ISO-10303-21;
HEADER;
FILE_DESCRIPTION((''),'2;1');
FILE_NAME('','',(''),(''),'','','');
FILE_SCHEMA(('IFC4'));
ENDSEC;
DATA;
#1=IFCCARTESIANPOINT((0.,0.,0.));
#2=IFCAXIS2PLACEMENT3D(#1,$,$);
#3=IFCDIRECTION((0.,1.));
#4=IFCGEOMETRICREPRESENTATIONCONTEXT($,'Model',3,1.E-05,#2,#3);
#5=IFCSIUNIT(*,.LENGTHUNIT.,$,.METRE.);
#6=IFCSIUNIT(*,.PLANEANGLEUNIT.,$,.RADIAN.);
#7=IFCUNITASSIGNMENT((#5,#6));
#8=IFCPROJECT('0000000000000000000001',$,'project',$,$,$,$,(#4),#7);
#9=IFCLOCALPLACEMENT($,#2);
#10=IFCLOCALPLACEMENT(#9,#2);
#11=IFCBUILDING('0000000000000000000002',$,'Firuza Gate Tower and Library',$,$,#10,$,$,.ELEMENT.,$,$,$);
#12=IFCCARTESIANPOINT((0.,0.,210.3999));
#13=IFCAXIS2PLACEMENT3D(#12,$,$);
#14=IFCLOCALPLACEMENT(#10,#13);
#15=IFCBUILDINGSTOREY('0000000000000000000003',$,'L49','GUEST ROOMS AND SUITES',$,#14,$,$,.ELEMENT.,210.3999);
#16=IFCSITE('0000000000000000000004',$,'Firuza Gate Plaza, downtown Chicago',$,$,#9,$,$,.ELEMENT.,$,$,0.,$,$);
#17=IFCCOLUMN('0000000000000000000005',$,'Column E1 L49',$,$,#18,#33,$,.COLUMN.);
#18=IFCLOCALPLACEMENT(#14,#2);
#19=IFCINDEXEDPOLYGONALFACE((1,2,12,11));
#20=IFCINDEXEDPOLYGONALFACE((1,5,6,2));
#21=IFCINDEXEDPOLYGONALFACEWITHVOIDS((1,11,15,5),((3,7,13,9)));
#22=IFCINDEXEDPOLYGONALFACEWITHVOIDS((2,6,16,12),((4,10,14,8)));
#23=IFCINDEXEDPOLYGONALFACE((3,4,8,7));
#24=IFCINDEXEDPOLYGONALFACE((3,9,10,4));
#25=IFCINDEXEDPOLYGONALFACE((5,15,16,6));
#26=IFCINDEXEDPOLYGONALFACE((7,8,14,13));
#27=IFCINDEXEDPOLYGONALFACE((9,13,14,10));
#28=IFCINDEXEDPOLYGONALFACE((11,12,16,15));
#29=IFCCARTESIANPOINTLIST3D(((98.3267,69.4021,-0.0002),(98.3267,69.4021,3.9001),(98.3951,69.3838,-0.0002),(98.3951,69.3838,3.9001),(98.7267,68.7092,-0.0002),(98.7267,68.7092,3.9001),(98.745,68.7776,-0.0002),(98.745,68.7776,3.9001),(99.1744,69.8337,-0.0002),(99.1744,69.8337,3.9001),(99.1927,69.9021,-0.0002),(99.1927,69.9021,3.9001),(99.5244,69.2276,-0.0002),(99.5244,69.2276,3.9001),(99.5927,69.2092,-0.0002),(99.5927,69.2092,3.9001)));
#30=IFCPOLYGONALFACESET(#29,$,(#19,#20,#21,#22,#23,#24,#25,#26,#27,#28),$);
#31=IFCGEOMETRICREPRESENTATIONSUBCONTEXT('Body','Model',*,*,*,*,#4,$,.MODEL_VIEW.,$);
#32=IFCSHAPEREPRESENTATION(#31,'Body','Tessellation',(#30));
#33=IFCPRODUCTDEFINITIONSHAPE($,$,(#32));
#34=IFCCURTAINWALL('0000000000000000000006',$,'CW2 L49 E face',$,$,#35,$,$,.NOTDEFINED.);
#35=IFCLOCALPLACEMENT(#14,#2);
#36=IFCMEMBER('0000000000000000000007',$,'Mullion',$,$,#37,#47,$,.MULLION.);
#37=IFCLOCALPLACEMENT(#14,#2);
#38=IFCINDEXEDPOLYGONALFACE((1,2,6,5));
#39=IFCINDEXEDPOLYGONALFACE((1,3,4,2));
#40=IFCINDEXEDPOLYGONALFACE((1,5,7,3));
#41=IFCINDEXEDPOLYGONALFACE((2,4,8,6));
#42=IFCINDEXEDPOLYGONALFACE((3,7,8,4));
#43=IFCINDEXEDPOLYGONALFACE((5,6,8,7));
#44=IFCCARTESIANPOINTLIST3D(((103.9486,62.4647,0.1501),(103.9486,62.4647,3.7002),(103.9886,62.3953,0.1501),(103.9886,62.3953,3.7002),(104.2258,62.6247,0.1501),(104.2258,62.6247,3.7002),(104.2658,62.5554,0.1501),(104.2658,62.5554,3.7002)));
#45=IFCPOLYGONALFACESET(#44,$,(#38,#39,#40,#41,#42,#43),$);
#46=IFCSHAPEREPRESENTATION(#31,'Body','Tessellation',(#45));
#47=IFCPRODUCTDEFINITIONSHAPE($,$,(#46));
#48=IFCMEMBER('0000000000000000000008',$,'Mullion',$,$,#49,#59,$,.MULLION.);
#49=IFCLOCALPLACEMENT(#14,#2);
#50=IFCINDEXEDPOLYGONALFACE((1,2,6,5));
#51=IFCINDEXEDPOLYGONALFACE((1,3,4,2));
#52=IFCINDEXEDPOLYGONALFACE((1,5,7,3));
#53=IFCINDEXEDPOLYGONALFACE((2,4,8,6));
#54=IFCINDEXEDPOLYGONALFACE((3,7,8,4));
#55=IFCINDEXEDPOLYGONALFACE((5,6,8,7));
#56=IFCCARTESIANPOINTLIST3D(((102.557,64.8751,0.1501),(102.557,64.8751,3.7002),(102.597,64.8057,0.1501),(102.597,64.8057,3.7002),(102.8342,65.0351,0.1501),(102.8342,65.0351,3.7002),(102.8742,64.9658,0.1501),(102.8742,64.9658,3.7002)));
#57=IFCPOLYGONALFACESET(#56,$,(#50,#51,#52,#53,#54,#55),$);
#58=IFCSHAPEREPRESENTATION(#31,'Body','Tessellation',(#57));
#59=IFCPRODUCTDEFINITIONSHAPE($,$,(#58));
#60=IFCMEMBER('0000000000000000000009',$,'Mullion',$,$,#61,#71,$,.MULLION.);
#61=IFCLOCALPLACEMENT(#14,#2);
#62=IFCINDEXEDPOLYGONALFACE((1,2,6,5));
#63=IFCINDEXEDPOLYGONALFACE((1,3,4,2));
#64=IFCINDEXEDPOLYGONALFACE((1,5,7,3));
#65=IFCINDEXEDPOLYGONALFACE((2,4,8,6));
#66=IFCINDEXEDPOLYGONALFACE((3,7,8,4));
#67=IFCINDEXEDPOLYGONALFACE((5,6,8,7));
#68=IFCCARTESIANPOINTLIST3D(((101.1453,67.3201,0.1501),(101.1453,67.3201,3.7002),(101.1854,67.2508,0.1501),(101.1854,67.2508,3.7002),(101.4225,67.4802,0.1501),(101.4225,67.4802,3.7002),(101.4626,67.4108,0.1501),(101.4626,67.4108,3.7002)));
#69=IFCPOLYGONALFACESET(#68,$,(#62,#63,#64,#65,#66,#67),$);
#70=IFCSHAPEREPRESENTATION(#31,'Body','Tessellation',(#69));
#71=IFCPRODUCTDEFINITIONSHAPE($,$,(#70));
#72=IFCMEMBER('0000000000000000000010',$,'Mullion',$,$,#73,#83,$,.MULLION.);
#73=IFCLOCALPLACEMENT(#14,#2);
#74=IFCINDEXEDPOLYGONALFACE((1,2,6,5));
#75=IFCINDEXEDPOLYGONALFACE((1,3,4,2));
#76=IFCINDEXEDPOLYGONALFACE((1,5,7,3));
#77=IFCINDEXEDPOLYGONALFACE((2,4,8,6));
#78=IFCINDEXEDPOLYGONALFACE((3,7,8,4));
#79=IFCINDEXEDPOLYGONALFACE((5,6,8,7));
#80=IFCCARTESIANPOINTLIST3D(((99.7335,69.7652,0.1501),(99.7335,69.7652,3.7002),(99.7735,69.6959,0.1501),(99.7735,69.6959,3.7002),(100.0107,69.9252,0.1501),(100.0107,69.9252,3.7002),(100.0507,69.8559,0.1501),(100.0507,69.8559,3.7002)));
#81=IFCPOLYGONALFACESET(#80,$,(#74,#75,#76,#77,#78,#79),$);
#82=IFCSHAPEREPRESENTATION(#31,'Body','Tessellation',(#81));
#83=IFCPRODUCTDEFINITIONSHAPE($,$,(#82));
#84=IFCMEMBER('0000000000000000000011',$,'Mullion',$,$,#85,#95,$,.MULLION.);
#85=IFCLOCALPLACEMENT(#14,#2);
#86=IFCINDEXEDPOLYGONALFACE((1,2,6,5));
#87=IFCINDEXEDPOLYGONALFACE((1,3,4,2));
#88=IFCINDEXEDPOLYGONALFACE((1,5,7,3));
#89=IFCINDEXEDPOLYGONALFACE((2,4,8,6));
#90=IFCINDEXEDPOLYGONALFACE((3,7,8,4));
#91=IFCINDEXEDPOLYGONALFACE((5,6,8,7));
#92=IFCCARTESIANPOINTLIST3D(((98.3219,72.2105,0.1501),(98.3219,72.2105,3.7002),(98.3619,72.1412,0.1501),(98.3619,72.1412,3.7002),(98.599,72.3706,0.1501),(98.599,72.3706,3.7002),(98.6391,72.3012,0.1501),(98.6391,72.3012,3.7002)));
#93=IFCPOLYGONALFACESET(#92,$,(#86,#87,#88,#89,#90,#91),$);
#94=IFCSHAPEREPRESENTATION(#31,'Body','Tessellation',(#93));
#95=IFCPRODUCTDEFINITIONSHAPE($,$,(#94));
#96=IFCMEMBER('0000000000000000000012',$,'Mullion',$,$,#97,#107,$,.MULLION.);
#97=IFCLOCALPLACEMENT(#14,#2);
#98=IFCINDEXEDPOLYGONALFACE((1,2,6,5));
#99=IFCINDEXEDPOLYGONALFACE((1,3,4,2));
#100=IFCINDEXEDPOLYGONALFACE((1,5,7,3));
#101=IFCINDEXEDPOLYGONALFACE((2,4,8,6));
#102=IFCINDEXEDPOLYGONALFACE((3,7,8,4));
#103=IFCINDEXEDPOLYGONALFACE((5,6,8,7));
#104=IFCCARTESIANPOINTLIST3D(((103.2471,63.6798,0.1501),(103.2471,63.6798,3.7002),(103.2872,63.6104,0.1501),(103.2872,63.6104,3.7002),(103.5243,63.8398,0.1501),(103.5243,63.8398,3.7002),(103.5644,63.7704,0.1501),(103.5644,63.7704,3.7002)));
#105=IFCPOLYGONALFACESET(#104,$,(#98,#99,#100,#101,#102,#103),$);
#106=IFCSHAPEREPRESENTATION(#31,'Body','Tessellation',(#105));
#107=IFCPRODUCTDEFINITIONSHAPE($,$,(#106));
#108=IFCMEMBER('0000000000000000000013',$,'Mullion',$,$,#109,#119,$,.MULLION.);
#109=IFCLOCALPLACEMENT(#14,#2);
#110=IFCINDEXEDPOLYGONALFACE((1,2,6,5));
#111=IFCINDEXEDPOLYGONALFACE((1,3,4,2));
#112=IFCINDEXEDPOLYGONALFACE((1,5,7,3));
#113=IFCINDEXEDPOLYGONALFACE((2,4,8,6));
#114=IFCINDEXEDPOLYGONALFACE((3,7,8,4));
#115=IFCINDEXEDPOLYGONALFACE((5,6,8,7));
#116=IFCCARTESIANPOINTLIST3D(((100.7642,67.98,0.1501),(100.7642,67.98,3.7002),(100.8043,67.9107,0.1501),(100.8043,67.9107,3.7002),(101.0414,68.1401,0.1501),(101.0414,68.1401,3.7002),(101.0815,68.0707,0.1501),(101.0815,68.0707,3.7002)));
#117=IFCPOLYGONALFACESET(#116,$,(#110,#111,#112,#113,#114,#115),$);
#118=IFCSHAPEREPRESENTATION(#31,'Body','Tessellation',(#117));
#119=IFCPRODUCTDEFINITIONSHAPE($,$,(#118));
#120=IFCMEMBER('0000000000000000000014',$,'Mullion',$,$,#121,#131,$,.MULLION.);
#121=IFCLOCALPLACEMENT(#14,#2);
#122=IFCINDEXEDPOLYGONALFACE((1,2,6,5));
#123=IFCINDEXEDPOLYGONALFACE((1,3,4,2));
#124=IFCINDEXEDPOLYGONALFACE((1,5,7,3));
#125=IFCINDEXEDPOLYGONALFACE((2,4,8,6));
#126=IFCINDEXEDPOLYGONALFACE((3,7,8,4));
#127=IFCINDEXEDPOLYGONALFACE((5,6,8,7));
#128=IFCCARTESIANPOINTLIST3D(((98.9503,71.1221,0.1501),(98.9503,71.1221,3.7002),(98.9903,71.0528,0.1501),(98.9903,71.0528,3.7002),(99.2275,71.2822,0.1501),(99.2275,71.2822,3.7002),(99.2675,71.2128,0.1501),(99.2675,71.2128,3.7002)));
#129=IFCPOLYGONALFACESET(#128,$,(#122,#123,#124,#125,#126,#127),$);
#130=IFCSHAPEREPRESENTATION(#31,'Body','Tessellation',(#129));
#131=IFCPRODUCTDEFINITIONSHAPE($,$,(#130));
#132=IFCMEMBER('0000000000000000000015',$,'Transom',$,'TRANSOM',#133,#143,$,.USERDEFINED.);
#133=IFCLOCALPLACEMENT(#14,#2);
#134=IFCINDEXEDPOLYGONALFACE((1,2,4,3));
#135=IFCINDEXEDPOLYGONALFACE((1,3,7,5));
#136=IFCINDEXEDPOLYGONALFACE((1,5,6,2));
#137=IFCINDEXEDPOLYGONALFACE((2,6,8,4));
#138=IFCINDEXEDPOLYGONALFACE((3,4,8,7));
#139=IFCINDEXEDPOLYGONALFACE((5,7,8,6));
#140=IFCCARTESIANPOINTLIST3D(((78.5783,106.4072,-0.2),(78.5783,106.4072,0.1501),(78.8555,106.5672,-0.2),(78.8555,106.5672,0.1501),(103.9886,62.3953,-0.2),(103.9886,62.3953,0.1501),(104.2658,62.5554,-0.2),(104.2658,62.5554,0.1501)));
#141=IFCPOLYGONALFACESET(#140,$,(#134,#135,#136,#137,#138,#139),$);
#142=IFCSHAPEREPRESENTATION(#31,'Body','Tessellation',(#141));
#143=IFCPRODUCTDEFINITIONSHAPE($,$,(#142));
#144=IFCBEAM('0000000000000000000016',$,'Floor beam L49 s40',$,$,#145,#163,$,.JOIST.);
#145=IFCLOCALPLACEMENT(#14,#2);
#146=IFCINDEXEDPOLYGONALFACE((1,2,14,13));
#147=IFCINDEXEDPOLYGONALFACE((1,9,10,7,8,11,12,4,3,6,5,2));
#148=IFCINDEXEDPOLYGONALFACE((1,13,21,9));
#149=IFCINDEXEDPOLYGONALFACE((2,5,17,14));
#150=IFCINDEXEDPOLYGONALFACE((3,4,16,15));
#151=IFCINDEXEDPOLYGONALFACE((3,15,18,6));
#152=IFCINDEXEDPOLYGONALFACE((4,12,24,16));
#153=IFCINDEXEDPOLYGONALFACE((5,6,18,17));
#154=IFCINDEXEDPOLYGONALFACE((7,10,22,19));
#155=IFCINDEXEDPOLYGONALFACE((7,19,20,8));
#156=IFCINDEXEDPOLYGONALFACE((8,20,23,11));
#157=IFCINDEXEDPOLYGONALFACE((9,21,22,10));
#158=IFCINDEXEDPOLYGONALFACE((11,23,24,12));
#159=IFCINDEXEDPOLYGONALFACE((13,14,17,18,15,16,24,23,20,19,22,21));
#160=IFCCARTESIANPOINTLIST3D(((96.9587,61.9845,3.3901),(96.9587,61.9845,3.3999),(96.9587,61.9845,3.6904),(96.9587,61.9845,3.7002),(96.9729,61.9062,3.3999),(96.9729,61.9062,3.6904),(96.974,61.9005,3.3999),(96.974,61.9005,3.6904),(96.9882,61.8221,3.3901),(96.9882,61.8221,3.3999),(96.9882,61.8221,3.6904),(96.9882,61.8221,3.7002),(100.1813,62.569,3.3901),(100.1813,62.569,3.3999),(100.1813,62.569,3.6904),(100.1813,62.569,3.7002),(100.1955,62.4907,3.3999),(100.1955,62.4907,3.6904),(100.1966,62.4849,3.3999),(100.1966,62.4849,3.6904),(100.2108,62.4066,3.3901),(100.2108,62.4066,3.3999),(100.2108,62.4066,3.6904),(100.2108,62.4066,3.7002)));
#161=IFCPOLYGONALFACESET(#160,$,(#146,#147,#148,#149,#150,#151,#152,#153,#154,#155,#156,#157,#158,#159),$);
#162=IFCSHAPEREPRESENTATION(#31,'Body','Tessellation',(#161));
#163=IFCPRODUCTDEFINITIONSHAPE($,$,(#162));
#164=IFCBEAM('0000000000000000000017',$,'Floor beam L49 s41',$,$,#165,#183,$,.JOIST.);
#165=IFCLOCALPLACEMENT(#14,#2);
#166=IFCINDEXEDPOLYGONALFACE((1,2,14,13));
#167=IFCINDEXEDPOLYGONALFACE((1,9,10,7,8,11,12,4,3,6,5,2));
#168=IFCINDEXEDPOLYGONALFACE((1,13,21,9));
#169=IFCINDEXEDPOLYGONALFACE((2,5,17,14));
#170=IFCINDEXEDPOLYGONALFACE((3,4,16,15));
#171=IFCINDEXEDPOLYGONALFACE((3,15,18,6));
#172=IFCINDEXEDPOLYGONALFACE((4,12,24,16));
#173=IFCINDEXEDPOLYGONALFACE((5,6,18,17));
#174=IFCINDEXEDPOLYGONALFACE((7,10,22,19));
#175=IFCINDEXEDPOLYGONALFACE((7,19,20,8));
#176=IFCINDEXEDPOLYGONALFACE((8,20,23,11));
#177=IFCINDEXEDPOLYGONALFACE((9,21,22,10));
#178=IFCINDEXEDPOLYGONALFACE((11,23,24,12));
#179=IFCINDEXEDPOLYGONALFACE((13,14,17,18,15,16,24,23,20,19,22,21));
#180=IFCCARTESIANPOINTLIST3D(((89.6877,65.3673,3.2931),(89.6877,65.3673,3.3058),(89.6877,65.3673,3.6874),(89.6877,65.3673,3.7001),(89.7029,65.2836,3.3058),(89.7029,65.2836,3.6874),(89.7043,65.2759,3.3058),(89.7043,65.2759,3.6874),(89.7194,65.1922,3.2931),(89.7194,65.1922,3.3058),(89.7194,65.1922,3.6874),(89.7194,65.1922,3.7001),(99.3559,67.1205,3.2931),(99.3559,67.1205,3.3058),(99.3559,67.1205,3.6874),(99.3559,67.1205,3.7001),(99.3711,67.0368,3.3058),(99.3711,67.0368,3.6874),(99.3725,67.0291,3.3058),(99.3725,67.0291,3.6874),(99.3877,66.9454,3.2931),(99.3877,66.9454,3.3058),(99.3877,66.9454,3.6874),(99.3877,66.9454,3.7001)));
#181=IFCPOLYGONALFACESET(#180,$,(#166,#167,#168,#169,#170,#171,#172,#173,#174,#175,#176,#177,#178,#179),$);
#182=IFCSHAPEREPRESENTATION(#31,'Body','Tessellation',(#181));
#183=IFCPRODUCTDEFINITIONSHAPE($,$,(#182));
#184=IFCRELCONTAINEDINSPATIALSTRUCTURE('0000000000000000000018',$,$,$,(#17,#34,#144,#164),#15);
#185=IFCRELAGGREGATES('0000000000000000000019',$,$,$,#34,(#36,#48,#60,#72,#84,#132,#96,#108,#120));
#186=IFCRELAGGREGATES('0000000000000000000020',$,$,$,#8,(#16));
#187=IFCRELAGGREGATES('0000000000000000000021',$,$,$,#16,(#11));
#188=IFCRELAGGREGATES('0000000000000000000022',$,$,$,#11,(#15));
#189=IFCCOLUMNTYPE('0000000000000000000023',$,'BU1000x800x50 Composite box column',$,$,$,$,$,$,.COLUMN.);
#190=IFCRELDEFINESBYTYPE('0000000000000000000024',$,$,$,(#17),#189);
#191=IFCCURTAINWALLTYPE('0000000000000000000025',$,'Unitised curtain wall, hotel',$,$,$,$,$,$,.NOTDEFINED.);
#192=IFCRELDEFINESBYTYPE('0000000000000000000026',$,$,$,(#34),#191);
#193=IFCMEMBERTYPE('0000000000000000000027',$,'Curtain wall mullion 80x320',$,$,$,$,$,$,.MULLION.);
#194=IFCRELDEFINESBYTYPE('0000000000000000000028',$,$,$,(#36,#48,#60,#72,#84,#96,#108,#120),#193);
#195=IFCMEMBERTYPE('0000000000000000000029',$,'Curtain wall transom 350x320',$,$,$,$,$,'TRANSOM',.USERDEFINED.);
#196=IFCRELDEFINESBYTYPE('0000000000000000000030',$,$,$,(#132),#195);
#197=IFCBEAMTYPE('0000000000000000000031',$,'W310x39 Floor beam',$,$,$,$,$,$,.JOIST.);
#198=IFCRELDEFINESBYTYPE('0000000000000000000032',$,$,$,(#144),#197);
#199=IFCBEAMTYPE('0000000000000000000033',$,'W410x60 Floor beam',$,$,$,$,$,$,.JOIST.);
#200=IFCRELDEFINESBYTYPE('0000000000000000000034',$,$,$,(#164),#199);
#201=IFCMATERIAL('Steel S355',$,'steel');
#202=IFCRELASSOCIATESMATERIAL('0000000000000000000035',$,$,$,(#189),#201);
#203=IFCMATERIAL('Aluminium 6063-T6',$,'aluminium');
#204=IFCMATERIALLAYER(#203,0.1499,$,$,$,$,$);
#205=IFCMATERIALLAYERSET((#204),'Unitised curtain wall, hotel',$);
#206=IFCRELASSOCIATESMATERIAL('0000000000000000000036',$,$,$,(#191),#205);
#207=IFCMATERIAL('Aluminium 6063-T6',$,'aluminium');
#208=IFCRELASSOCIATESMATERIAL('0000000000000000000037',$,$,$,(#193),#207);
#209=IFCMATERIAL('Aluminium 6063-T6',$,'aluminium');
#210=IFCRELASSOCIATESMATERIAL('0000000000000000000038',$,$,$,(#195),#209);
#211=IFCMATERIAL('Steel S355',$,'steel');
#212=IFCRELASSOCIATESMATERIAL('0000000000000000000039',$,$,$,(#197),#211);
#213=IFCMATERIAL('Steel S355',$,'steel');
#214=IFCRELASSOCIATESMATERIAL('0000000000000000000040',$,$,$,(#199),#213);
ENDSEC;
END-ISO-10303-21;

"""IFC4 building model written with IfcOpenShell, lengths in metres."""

from ifc_helpers import new_model, si_unit, direction, frame, origin, origin_2d, place, context, subcontext, project, spatial, rectangle, hollow_rectangle, i_section, extrude, material, layer, layer_set, material_profile, profile_set, type_object, element, aggregate, save


model = new_model("IFC4")

# Units and contexts
model_context = context("Model", 3, precision=1e-05, world=origin(), true_north=direction((0.0, 1.0)))
body_context = subcontext(model_context, "Body", "Model", "MODEL_VIEW")
ifc_project = project(units=[si_unit("LENGTHUNIT", "METRE"), si_unit("PLANEANGLEUNIT", "RADIAN")], contexts=[model_context])

# Site, building, storey
site_placement = place(None, origin())
site = spatial("IfcSite", under=ifc_project, at=site_placement, Name="Firuza Gate Plaza, downtown Chicago", CompositionType="ELEMENT", RefElevation=0.0)
building_placement = place(site_placement, origin())
building = spatial("IfcBuilding", under=site, at=building_placement, Name="Firuza Gate Tower and Library", CompositionType="ELEMENT")
storey_placement = place(building_placement, frame((0.0, 0.0, 210.3999)))
storey = spatial("IfcBuildingStorey", under=building, at=storey_placement, Name="L49", Description="GUEST ROOMS AND SUITES", CompositionType="ELEMENT", Elevation=210.3999)

# Column
ifc_material_1 = material(Name="Steel S355", Category="steel")
ifc_material_profile_1 = material_profile(ifc_material_1, hollow_rectangle(XDim=0.8, YDim=1.0, WallThickness=0.05, at=origin_2d()))
ifc_profile_set_1 = profile_set([ifc_material_profile_1], Name="Steel S355")
column_type = type_object("IfcColumnType", Name="BU1000x800x50 Composite box column", PredefinedType="COLUMN", material=ifc_profile_set_1)
column_placement = place(storey_placement, frame((98.9597, 69.3057, -0.0002), z_axis=(0.0, 0.0, 1.0), x_axis=(-0.5, 0.866025, 0.0)))
element("IfcColumn", 1, at=column_placement, inside=storey, type_object=column_type, Name="Column E1 L49", PredefinedType="COLUMN", context=body_context, shape_type="SweptSolid", body=[
    extrude(hollow_rectangle(XDim=0.8, YDim=1.0, WallThickness=0.05, at=origin_2d()), origin(), (0.0, 0.0, 1.0), 3.9004),
])

# Curtain wall, members
ifc_material_2 = material(Name="Aluminium 6063-T6", Category="aluminium")
ifc_layer_1 = layer(ifc_material_2, 0.1499)
ifc_layer_set_1 = layer_set([ifc_layer_1], Name="Unitised curtain wall, hotel")
curtain_wall_type = type_object("IfcCurtainWallType", Name="Unitised curtain wall, hotel", PredefinedType="NOTDEFINED", material=ifc_layer_set_1)
curtain_wall_placement = place(storey_placement, origin())
curtain_wall = element("IfcCurtainWall", 2, at=curtain_wall_placement, inside=storey, type_object=curtain_wall_type, Name="CW2 L49 E face", PredefinedType="NOTDEFINED")
ifc_material_3 = material(Name="Aluminium 6063-T6", Category="aluminium")
ifc_material_profile_2 = material_profile(ifc_material_3, rectangle(XDim=0.3201, YDim=0.0801, at=origin_2d()))
ifc_profile_set_2 = profile_set([ifc_material_profile_2], Name="Aluminium 6063-T6")
member_type_1 = type_object("IfcMemberType", Name="Curtain wall mullion 80x320", PredefinedType="MULLION", material=ifc_profile_set_2)
member_1_placement = place(storey_placement, frame((104.1072, 62.51, 0.1501), z_axis=(0.0, 0.0, 1.0), x_axis=(-0.866025, -0.5, 0.0)))
member_1 = element("IfcMember", 3, at=member_1_placement, type_object=member_type_1, Name="Mullion", PredefinedType="MULLION", context=body_context, shape_type="SweptSolid", body=[
    extrude(rectangle(XDim=0.3201, YDim=0.0801, at=origin_2d()), origin(), (0.0, 0.0, 1.0), 3.55),
])
member_2_placement = place(storey_placement, frame((102.7156, 64.9204, 0.1501), z_axis=(0.0, 0.0, 1.0), x_axis=(-0.866025, -0.5, 0.0)))
member_2 = element("IfcMember", 4, at=member_2_placement, type_object=member_type_1, Name="Mullion", PredefinedType="MULLION", context=body_context, shape_type="SweptSolid", body=[
    extrude(rectangle(XDim=0.3201, YDim=0.0801, at=origin_2d()), origin(), (0.0, 0.0, 1.0), 3.55),
])
member_3_placement = place(storey_placement, frame((101.304, 67.3655, 0.1501), z_axis=(0.0, 0.0, 1.0), x_axis=(-0.866025, -0.5, 0.0)))
member_3 = element("IfcMember", 5, at=member_3_placement, type_object=member_type_1, Name="Mullion", PredefinedType="MULLION", context=body_context, shape_type="SweptSolid", body=[
    extrude(rectangle(XDim=0.3201, YDim=0.0801, at=origin_2d()), origin(), (0.0, 0.0, 1.0), 3.55),
])
member_4_placement = place(storey_placement, frame((99.8921, 69.8105, 0.1501), z_axis=(0.0, 0.0, 1.0), x_axis=(-0.866025, -0.5, 0.0)))
member_4 = element("IfcMember", 6, at=member_4_placement, type_object=member_type_1, Name="Mullion", PredefinedType="MULLION", context=body_context, shape_type="SweptSolid", body=[
    extrude(rectangle(XDim=0.3201, YDim=0.0801, at=origin_2d()), origin(), (0.0, 0.0, 1.0), 3.55),
])
member_5_placement = place(storey_placement, frame((98.4805, 72.2559, 0.1501), z_axis=(0.0, 0.0, 1.0), x_axis=(-0.866025, -0.5, 0.0)))
member_5 = element("IfcMember", 7, at=member_5_placement, type_object=member_type_1, Name="Mullion", PredefinedType="MULLION", context=body_context, shape_type="SweptSolid", body=[
    extrude(rectangle(XDim=0.3201, YDim=0.0801, at=origin_2d()), origin(), (0.0, 0.0, 1.0), 3.55),
])
member_6_placement = place(storey_placement, frame((103.4058, 63.7251, 0.1501), z_axis=(0.0, 0.0, 1.0), x_axis=(-0.866025, -0.5, 0.0)))
member_6 = element("IfcMember", 8, at=member_6_placement, type_object=member_type_1, Name="Mullion", PredefinedType="MULLION", context=body_context, shape_type="SweptSolid", body=[
    extrude(rectangle(XDim=0.3201, YDim=0.0801, at=origin_2d()), origin(), (0.0, 0.0, 1.0), 3.55),
])
member_7_placement = place(storey_placement, frame((100.9229, 68.0254, 0.1501), z_axis=(0.0, 0.0, 1.0), x_axis=(-0.866025, -0.5, 0.0)))
member_7 = element("IfcMember", 9, at=member_7_placement, type_object=member_type_1, Name="Mullion", PredefinedType="MULLION", context=body_context, shape_type="SweptSolid", body=[
    extrude(rectangle(XDim=0.3201, YDim=0.0801, at=origin_2d()), origin(), (0.0, 0.0, 1.0), 3.55),
])
member_8_placement = place(storey_placement, frame((99.1089, 71.1675, 0.1501), z_axis=(0.0, 0.0, 1.0), x_axis=(-0.866025, -0.5, 0.0)))
member_8 = element("IfcMember", 10, at=member_8_placement, type_object=member_type_1, Name="Mullion", PredefinedType="MULLION", context=body_context, shape_type="SweptSolid", body=[
    extrude(rectangle(XDim=0.3201, YDim=0.0801, at=origin_2d()), origin(), (0.0, 0.0, 1.0), 3.55),
])
ifc_material_4 = material(Name="Aluminium 6063-T6", Category="aluminium")
ifc_material_profile_3 = material_profile(ifc_material_4, rectangle(XDim=0.3201, YDim=0.3501, at=origin_2d()))
ifc_profile_set_3 = profile_set([ifc_material_profile_3], Name="Aluminium 6063-T6")
member_type_2 = type_object("IfcMemberType", Name="Curtain wall transom 350x320", ElementType="TRANSOM", PredefinedType="USERDEFINED", material=ifc_profile_set_3)
member_9_placement = place(storey_placement, frame((104.1272, 62.4753, -0.0249), z_axis=(-0.500001, 0.866025, 0.0), x_axis=(-0.866025, -0.500001, 0.0)))
member_9 = element("IfcMember", 11, at=member_9_placement, type_object=member_type_2, Name="Transom", ObjectType="TRANSOM", PredefinedType="USERDEFINED", context=body_context, shape_type="SweptSolid", body=[
    extrude(rectangle(XDim=0.3201, YDim=0.3501, at=origin_2d()), origin(), (0.0, 0.0, 1.0), 50.8206),
])

# Beams
ifc_material_5 = material(Name="Steel S355", Category="steel")
ifc_material_profile_4 = material_profile(ifc_material_5, i_section(OverallWidth=0.165, OverallDepth=0.3101, WebThickness=0.0059, FlangeThickness=0.0098, at=origin_2d()))
ifc_profile_set_4 = profile_set([ifc_material_profile_4], Name="Steel S355")
beam_type_1 = type_object("IfcBeamType", Name="W310x39 Floor beam", PredefinedType="JOIST", material=ifc_profile_set_4)
beam_1_placement = place(storey_placement, frame((100.196, 62.4878, 3.5452), z_axis=(-0.983949, -0.178452, 0.0), x_axis=(0.178452, -0.983949, 0.0)))
element("IfcBeam", 12, at=beam_1_placement, inside=storey, type_object=beam_type_1, Name="Floor beam L49 s40", PredefinedType="JOIST", context=body_context, shape_type="SweptSolid", body=[
    extrude(i_section(OverallWidth=0.165, OverallDepth=0.3101, WebThickness=0.0059, FlangeThickness=0.0098, at=origin_2d()), origin(), (0.0, 0.0, 1.0), 3.2751),
])
ifc_material_6 = material(Name="Steel S355", Category="steel")
ifc_material_profile_5 = material_profile(ifc_material_6, i_section(OverallWidth=0.178, OverallDepth=0.407, WebThickness=0.0078, FlangeThickness=0.0127, at=origin_2d()))
ifc_profile_set_5 = profile_set([ifc_material_profile_5], Name="Steel S355")
beam_type_2 = type_object("IfcBeamType", Name="W410x60 Floor beam", PredefinedType="JOIST", material=ifc_profile_set_5)
beam_2_placement = place(storey_placement, frame((99.3718, 67.033, 3.4966), z_axis=(-0.983954, -0.178424, 0.0), x_axis=(0.178424, -0.983954, 0.0)))
element("IfcBeam", 13, at=beam_2_placement, inside=storey, type_object=beam_type_2, Name="Floor beam L49 s41", PredefinedType="JOIST", context=body_context, shape_type="SweptSolid", body=[
    extrude(i_section(OverallWidth=0.178, OverallDepth=0.407, WebThickness=0.0078, FlangeThickness=0.0127, at=origin_2d()), origin(), (0.0, 0.0, 1.0), 9.8259),
])

aggregate(curtain_wall, [member_1, member_2, member_3, member_4, member_5, member_9, member_6, member_7, member_8])

save(model, "model.ifc")
